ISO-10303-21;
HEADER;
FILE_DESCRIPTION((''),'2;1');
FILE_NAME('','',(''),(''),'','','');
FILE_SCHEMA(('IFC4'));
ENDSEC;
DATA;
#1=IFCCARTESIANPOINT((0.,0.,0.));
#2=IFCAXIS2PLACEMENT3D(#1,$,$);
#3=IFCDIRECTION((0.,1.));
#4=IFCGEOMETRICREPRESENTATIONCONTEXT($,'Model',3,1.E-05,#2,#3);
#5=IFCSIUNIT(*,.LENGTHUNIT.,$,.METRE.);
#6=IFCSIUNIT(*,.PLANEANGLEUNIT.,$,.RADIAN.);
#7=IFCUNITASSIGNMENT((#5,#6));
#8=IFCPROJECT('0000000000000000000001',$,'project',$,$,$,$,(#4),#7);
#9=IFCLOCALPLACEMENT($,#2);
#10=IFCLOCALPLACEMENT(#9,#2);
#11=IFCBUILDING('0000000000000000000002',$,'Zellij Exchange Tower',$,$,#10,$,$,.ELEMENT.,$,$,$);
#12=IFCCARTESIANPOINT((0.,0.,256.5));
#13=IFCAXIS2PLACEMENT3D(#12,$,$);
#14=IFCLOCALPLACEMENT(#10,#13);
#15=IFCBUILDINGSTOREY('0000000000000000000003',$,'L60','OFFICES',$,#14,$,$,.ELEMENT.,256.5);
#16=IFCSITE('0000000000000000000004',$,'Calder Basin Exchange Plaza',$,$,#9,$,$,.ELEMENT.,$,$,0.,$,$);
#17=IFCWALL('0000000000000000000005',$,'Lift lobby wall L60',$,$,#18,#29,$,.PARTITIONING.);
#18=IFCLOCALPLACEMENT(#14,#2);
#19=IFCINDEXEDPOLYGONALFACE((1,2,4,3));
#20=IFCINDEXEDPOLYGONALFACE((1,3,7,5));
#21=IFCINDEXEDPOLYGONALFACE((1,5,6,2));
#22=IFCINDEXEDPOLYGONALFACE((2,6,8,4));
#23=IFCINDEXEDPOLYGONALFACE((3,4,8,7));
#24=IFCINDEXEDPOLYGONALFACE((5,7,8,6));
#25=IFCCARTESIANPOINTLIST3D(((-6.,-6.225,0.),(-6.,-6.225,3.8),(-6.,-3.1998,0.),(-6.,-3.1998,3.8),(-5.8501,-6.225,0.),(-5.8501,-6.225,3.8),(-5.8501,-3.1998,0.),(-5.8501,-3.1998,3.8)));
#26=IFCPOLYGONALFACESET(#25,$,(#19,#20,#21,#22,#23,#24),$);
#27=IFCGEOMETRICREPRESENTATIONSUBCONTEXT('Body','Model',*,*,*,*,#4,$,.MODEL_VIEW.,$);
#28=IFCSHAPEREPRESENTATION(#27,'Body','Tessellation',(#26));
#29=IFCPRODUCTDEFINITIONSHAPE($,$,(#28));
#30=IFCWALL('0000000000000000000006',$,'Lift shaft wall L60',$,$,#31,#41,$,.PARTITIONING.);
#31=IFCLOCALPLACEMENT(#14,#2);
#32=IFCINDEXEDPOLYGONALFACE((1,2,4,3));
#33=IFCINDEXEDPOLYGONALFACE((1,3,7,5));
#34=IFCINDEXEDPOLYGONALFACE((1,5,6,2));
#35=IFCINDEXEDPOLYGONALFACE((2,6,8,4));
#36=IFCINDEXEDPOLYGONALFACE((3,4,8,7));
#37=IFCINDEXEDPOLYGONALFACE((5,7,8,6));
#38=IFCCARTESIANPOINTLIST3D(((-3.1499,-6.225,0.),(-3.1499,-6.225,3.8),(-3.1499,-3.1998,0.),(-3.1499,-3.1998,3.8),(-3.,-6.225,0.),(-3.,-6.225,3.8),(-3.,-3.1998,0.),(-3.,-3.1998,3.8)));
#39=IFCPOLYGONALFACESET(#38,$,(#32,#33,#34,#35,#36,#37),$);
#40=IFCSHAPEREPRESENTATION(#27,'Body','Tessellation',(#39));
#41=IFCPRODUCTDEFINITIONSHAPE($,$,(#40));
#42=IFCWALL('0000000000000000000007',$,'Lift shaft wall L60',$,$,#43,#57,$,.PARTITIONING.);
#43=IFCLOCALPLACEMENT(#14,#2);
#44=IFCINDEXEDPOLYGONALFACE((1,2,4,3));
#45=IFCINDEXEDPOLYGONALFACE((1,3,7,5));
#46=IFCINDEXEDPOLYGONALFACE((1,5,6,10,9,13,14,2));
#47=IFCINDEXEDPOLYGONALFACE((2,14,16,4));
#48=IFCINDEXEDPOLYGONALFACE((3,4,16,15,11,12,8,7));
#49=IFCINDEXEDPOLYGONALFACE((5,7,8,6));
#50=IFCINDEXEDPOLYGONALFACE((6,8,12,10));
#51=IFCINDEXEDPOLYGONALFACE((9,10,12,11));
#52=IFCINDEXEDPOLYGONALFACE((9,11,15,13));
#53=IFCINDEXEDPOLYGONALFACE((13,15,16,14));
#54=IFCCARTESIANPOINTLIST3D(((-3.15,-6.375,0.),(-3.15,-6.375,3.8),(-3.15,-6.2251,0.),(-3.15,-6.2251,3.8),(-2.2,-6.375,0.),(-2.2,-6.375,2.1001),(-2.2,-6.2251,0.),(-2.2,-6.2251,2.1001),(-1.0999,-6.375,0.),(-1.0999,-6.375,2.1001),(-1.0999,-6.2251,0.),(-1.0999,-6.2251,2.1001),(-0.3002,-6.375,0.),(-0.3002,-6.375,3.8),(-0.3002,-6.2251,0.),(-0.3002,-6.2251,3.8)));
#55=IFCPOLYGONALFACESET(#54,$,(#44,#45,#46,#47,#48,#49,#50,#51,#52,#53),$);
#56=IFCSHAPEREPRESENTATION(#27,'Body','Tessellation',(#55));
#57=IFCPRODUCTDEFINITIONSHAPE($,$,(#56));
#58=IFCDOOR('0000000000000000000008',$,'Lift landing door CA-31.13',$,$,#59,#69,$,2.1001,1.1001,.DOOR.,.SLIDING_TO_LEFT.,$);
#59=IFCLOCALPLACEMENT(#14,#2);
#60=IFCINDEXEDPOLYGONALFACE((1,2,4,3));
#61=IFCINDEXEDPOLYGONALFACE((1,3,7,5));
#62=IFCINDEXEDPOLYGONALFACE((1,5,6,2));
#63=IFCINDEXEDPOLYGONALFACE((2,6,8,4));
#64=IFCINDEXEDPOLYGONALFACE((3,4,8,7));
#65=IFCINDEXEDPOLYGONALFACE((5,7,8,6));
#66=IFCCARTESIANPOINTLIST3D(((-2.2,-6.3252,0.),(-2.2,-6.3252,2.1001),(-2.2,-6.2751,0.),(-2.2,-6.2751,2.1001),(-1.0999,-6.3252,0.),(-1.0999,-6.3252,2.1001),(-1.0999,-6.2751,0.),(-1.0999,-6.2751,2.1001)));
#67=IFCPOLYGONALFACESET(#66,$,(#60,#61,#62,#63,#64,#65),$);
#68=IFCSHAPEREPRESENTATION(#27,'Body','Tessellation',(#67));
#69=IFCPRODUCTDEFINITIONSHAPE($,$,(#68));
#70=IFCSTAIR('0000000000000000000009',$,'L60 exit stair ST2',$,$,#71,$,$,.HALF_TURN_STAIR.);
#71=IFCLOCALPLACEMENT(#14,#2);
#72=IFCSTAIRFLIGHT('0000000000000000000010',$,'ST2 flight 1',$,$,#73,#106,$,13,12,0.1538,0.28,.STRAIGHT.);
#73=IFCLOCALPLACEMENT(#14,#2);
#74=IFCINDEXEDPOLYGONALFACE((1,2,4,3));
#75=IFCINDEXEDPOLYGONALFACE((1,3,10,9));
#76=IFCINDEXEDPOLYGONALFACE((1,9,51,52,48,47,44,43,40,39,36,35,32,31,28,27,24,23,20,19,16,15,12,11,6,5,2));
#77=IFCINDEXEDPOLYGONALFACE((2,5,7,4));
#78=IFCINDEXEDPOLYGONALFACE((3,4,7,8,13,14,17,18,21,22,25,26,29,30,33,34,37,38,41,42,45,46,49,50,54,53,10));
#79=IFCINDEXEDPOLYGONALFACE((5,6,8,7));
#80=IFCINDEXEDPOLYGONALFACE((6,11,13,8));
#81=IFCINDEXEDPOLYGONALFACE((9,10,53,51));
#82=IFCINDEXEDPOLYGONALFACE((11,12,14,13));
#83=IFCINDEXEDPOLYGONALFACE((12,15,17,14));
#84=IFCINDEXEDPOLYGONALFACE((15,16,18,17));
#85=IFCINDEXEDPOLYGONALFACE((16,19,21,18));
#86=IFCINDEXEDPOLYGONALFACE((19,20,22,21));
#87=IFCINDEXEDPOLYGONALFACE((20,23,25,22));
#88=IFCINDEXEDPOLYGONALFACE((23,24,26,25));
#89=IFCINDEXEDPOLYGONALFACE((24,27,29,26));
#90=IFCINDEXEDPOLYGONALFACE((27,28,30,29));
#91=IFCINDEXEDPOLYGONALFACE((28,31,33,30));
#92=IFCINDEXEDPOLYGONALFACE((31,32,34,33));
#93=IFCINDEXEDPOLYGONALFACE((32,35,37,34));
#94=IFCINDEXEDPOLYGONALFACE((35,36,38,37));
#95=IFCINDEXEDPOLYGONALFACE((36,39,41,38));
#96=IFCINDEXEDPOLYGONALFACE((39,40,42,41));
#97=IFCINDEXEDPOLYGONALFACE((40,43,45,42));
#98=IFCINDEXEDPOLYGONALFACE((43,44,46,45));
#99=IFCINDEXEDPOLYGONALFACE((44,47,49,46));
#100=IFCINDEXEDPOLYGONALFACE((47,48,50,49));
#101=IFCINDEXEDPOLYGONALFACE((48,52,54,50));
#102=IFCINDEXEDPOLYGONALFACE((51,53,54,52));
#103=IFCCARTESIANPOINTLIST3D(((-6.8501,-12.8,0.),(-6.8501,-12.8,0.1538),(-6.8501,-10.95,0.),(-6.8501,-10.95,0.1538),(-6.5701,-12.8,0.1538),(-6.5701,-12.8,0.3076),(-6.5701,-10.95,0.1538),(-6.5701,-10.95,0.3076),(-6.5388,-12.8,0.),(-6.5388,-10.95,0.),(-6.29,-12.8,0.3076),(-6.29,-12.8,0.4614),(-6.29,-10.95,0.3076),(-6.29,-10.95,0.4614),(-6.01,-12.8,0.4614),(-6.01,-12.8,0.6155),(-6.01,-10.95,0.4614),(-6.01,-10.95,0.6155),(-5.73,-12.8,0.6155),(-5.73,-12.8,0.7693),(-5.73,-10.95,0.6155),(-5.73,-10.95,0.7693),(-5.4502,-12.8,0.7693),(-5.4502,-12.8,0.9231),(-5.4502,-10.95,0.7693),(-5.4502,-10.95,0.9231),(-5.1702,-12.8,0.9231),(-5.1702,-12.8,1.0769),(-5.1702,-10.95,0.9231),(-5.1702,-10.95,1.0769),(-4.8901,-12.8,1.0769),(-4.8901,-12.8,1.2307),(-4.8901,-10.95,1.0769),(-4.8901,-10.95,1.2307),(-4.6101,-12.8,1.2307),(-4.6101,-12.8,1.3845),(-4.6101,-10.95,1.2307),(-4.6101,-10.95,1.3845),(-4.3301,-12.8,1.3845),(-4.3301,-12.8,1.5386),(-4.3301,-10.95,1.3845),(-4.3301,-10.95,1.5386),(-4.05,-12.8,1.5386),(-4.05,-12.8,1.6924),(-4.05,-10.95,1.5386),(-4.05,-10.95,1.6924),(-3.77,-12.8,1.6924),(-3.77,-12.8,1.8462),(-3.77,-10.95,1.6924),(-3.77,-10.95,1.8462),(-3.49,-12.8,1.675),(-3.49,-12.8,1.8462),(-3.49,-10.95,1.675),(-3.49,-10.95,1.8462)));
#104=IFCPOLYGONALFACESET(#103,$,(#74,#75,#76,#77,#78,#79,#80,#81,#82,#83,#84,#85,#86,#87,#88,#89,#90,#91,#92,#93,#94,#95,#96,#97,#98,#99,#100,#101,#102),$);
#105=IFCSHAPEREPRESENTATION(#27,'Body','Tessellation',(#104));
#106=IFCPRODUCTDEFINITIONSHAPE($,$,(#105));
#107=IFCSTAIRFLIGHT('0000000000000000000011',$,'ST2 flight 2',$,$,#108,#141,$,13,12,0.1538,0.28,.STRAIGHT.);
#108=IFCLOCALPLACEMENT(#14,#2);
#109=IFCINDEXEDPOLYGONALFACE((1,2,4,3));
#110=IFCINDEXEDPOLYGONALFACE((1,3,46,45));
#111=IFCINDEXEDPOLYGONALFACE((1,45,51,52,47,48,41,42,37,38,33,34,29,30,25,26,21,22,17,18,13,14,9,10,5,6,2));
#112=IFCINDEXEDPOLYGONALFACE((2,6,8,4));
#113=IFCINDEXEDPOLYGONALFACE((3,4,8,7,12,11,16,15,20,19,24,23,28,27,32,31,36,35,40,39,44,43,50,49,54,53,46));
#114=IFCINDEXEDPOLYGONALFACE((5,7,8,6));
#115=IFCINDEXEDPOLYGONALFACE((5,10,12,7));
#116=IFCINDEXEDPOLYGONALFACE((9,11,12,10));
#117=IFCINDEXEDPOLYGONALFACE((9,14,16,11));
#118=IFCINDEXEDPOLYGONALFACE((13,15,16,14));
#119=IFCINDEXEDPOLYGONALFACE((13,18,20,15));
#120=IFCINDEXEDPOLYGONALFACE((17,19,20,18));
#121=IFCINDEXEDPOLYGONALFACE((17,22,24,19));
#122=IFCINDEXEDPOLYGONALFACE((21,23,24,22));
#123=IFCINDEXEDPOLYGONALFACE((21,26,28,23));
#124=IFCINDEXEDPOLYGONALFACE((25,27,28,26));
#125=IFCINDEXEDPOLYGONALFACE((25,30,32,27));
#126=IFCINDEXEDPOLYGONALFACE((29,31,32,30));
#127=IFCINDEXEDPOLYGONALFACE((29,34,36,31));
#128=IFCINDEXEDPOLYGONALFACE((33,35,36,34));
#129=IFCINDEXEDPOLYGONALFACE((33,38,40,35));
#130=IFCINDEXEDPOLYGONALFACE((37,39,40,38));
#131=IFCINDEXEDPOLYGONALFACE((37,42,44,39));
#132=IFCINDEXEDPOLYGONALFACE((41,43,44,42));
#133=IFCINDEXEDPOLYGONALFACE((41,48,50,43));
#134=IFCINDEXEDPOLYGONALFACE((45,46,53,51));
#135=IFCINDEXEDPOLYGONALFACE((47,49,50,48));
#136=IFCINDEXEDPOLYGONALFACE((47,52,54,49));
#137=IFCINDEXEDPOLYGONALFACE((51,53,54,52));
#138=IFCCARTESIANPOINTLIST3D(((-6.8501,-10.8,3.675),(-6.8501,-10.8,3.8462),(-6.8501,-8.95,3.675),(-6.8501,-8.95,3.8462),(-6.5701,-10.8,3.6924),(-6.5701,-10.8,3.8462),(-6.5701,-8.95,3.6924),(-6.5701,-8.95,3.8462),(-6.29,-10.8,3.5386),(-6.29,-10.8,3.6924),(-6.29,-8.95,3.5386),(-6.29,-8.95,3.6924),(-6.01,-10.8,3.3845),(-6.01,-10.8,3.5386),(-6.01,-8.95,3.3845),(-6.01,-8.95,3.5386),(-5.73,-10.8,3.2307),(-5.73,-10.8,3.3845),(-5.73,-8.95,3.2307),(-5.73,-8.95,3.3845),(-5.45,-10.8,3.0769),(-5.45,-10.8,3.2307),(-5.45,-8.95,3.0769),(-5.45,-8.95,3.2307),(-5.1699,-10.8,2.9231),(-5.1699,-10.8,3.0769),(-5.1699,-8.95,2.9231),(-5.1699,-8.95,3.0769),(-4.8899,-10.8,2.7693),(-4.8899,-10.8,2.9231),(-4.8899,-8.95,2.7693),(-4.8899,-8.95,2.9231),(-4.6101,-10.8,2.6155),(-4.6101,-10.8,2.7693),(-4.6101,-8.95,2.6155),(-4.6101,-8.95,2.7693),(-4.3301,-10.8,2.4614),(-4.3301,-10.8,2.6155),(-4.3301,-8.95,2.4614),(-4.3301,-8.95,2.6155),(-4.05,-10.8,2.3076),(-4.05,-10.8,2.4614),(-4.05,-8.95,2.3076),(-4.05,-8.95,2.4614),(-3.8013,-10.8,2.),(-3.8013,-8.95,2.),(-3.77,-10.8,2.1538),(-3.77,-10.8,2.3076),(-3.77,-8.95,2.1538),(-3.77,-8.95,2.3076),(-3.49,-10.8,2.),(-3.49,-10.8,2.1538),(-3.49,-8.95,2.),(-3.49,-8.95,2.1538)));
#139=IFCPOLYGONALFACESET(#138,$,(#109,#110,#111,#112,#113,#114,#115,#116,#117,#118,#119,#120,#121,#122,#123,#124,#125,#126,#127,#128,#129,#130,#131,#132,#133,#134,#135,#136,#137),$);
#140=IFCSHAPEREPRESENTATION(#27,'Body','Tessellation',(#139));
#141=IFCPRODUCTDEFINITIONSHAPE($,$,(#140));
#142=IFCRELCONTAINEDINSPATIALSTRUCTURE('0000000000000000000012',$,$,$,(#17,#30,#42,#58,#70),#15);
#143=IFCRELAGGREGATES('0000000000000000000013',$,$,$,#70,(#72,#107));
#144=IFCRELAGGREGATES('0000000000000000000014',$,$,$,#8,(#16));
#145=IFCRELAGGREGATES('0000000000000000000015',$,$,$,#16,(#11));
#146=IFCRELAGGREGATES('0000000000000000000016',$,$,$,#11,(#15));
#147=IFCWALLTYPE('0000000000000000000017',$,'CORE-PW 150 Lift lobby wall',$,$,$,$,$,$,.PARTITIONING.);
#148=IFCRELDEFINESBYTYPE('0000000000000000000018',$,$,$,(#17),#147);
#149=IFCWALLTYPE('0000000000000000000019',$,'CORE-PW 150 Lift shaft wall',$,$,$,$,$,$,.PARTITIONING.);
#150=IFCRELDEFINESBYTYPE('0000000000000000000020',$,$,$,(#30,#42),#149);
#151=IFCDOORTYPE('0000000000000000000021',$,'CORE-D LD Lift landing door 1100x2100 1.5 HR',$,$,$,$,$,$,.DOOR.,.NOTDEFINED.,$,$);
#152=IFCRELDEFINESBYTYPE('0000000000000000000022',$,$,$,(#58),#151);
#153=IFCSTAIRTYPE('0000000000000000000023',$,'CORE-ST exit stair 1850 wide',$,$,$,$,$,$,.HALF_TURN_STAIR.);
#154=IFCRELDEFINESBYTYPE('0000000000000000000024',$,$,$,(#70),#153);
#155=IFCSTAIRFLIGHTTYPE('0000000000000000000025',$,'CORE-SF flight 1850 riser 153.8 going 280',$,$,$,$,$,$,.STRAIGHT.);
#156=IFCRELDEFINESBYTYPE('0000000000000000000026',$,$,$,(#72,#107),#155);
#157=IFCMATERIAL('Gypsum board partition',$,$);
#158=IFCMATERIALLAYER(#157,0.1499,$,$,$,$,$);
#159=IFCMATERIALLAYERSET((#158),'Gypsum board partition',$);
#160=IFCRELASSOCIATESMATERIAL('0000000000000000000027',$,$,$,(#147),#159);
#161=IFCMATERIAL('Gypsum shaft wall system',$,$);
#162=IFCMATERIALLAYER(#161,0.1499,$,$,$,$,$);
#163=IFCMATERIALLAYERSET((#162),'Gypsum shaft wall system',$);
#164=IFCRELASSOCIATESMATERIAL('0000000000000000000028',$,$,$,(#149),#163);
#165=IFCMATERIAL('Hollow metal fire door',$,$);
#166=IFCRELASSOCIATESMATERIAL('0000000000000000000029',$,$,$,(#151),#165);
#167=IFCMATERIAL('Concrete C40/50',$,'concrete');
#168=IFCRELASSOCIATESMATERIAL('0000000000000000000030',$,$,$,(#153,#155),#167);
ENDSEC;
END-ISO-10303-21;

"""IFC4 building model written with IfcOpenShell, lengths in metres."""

from ifc_helpers import new_model, si_unit, direction, frame, frame_2d, origin, place, context, subcontext, project, spatial, polyline, rectangle, outline, extrude, material, layer, layer_set, type_object, element, fill, aggregate, save


model = new_model("IFC4")

# Units and contexts
model_context = context("Model", 3, precision=1e-05, world=origin(), true_north=direction((0.0, 1.0)))
body_context = subcontext(model_context, "Body", "Model", "MODEL_VIEW")
ifc_project = project(units=[si_unit("LENGTHUNIT", "METRE"), si_unit("PLANEANGLEUNIT", "RADIAN")], contexts=[model_context])

# Site, building, storey
site_placement = place(None, origin())
site = spatial("IfcSite", under=ifc_project, at=site_placement, Name="Calder Basin Exchange Plaza", CompositionType="ELEMENT", RefElevation=0.0)
building_placement = place(site_placement, origin())
building = spatial("IfcBuilding", under=site, at=building_placement, Name="Zellij Exchange Tower", CompositionType="ELEMENT")
storey_placement = place(building_placement, frame((0.0, 0.0, 256.5)))
storey = spatial("IfcBuildingStorey", under=building, at=storey_placement, Name="L60", Description="OFFICES", CompositionType="ELEMENT", Elevation=256.5)

# Shared definitions
ifc_material_1 = material(Name="Concrete C40/50", Category="concrete")

# Shared definitions
ifc_material_2 = material(Name="Gypsum shaft wall system")
ifc_material_3 = material(Name="Hollow metal fire door")

# Walls
ifc_material_4 = material(Name="Gypsum board partition")
ifc_layer_1 = layer(ifc_material_4, 0.1499)
ifc_layer_set_1 = layer_set([ifc_layer_1], Name="Gypsum board partition")
wall_type_1 = type_object("IfcWallType", Name="CORE-PW 150 Lift lobby wall", PredefinedType="PARTITIONING", material=ifc_layer_set_1)
wall_1_placement = place(storey_placement, frame((-5.925, -6.2251, 0.0), z_axis=(0.0, 0.0, 1.0), x_axis=(0.0, 1.0, 0.0)))
element("IfcWall", 1, at=wall_1_placement, inside=storey, type_object=wall_type_1, Name="Lift lobby wall L60", PredefinedType="PARTITIONING", context=body_context, shape_type="SweptSolid", body=[
    extrude(rectangle(XDim=3.0251, YDim=0.1499, at=frame_2d((1.5127, 0.0))), origin(), (0.0, 0.0, 1.0), 3.8),
])
ifc_layer_2 = layer(ifc_material_2, 0.1499)
ifc_layer_set_2 = layer_set([ifc_layer_2], Name="Gypsum shaft wall system")
wall_type_2 = type_object("IfcWallType", Name="CORE-PW 150 Lift shaft wall", PredefinedType="PARTITIONING", material=ifc_layer_set_2)
wall_2_placement = place(storey_placement, frame((-3.075, -6.2251, 0.0), z_axis=(0.0, 0.0, 1.0), x_axis=(0.0, 1.0, 0.0)))
element("IfcWall", 2, at=wall_2_placement, inside=storey, type_object=wall_type_2, Name="Lift shaft wall L60", PredefinedType="PARTITIONING", context=body_context, shape_type="SweptSolid", body=[
    extrude(rectangle(XDim=3.0251, YDim=0.1499, at=frame_2d((1.5127, 0.0))), origin(), (0.0, 0.0, 1.0), 3.8),
])

# Wall, opening, door
wall_3_placement = place(storey_placement, frame((-3.1499, -6.3, 0.0), z_axis=(0.0, 0.0, 1.0), x_axis=(1.0, 0.0, 0.0)))
wall_3 = element("IfcWall", 3, at=wall_3_placement, inside=storey, type_object=wall_type_2, Name="Lift shaft wall L60", PredefinedType="PARTITIONING", context=body_context, shape_type="SweptSolid", body=[
    extrude(rectangle(XDim=2.8499, YDim=0.1499, at=frame_2d((1.4248, 0.0))), origin(), (0.0, 0.0, 1.0), 3.8),
])
opening_1_placement = place(wall_3_placement, frame((0.95, 0.0, 0.0)))
opening_1 = element("IfcOpeningElement", 4, at=opening_1_placement, cuts=wall_3, PredefinedType="OPENING", context=body_context, shape_type="SweptSolid", body=[
    extrude(rectangle(XDim=1.1001, YDim=2.1001, at=frame_2d((0.55, 1.05))), frame((0.0, 0.0869, 0.0), z_axis=(0.0, -1.0, 0.0), x_axis=(1.0, 0.0, 0.0)), (0.0, 0.0, 1.0), 0.1738),
])
door_type_1 = type_object("IfcDoorType", Name="CORE-D LD Lift landing door 1100x2100 1.5 HR", OperationType="NOTDEFINED", PredefinedType="DOOR", material=ifc_material_3)
door_1_placement = place(opening_1_placement, origin())
door_1 = element("IfcDoor", 5, at=door_1_placement, inside=storey, type_object=door_type_1, Name="Lift landing door CA-31.13", OperationType="SLIDING_TO_LEFT", OverallHeight=2.1001, OverallWidth=1.1001, PredefinedType="DOOR", context=body_context, shape_type="SweptSolid", body=[
    extrude(rectangle(XDim=1.1001, YDim=2.1001, at=frame_2d((0.55, 1.05))), frame((0.0, 0.0249, 0.0), z_axis=(0.0, -1.0, 0.0), x_axis=(1.0, 0.0, 0.0)), (0.0, 0.0, 1.0), 0.05),
])
fill(opening_1, door_1)

# Stair, stair flights
stair_type = type_object("IfcStairType", Name="CORE-ST exit stair 1850 wide", PredefinedType="HALF_TURN_STAIR", material=ifc_material_1)
stair_placement = place(storey_placement, origin())
stair = element("IfcStair", 6, at=stair_placement, inside=storey, type_object=stair_type, Name="L60 exit stair ST2", PredefinedType="HALF_TURN_STAIR")
stair_flight_type = type_object("IfcStairFlightType", Name="CORE-SF flight 1850 riser 153.8 going 280", PredefinedType="STRAIGHT", material=ifc_material_1)
stair_flight_1_placement = place(storey_placement, frame((-6.8501, -11.875, 0.0), z_axis=(0.0, 0.0, 1.0), x_axis=(1.0, 0.0, 0.0)))
stair_flight_1 = element("IfcStairFlight", 7, at=stair_flight_1_placement, type_object=stair_flight_type, Name="ST2 flight 1", NumberOfRisers=13, NumberOfTreads=12, PredefinedType="STRAIGHT", RiserHeight=0.1538, TreadLength=0.28, context=body_context, shape_type="SweptSolid", body=[
    extrude(outline(polyline([(0.0, 0.0), (0.0, 0.1538), (0.28, 0.1538), (0.28, 0.3076), (0.5601, 0.3076), (0.5601, 0.4614), (0.8401, 0.4614), (0.8401, 0.6155), (1.1201, 0.6155), (1.1201, 0.7693), (1.3999, 0.7693), (1.3999, 0.9231), (1.6799, 0.9231), (1.6799, 1.0769), (1.96, 1.0769), (1.96, 1.2307), (2.24, 1.2307), (2.24, 1.3845), (2.52, 1.3845), (2.52, 1.5386), (2.8, 1.5386), (2.8, 1.6924), (3.0801, 1.6924), (3.0801, 1.8462), (3.3601, 1.8462), (3.3601, 2.0), (3.3601, 1.675), (0.3113, 0.0), (0.0, 0.0)])), frame((0.0, 0.925, 0.0), z_axis=(0.0, -1.0, 0.0), x_axis=(1.0, 0.0, 0.0)), (0.0, 0.0, 1.0), 1.8501),
])
stair_flight_2_placement = place(storey_placement, frame((-3.49, -9.875, 2.0), z_axis=(0.0, 0.0, 1.0), x_axis=(-1.0, 0.0, 0.0)))
stair_flight_2 = element("IfcStairFlight", 8, at=stair_flight_2_placement, type_object=stair_flight_type, Name="ST2 flight 2", NumberOfRisers=13, NumberOfTreads=12, PredefinedType="STRAIGHT", RiserHeight=0.1538, TreadLength=0.28, context=body_context, shape_type="SweptSolid", body=[
    extrude(outline(polyline([(0.0, 0.0), (0.0, 0.1538), (0.28, 0.1538), (0.28, 0.3076), (0.5601, 0.3076), (0.5601, 0.4614), (0.8401, 0.4614), (0.8401, 0.6155), (1.1201, 0.6155), (1.1201, 0.7693), (1.3999, 0.7693), (1.3999, 0.9231), (1.6799, 0.9231), (1.6799, 1.0769), (1.96, 1.0769), (1.96, 1.2307), (2.24, 1.2307), (2.24, 1.3845), (2.52, 1.3845), (2.52, 1.5386), (2.8, 1.5386), (2.8, 1.6924), (3.0801, 1.6924), (3.0801, 1.8462), (3.3601, 1.8462), (3.3601, 2.0), (3.3601, 1.675), (0.3113, 0.0), (0.0, 0.0)])), frame((0.0, 0.925, 0.0), z_axis=(0.0, -1.0, 0.0), x_axis=(1.0, 0.0, 0.0)), (0.0, 0.0, 1.0), 1.8501),
])
aggregate(stair, [stair_flight_1, stair_flight_2])

save(model, "model.ifc")
